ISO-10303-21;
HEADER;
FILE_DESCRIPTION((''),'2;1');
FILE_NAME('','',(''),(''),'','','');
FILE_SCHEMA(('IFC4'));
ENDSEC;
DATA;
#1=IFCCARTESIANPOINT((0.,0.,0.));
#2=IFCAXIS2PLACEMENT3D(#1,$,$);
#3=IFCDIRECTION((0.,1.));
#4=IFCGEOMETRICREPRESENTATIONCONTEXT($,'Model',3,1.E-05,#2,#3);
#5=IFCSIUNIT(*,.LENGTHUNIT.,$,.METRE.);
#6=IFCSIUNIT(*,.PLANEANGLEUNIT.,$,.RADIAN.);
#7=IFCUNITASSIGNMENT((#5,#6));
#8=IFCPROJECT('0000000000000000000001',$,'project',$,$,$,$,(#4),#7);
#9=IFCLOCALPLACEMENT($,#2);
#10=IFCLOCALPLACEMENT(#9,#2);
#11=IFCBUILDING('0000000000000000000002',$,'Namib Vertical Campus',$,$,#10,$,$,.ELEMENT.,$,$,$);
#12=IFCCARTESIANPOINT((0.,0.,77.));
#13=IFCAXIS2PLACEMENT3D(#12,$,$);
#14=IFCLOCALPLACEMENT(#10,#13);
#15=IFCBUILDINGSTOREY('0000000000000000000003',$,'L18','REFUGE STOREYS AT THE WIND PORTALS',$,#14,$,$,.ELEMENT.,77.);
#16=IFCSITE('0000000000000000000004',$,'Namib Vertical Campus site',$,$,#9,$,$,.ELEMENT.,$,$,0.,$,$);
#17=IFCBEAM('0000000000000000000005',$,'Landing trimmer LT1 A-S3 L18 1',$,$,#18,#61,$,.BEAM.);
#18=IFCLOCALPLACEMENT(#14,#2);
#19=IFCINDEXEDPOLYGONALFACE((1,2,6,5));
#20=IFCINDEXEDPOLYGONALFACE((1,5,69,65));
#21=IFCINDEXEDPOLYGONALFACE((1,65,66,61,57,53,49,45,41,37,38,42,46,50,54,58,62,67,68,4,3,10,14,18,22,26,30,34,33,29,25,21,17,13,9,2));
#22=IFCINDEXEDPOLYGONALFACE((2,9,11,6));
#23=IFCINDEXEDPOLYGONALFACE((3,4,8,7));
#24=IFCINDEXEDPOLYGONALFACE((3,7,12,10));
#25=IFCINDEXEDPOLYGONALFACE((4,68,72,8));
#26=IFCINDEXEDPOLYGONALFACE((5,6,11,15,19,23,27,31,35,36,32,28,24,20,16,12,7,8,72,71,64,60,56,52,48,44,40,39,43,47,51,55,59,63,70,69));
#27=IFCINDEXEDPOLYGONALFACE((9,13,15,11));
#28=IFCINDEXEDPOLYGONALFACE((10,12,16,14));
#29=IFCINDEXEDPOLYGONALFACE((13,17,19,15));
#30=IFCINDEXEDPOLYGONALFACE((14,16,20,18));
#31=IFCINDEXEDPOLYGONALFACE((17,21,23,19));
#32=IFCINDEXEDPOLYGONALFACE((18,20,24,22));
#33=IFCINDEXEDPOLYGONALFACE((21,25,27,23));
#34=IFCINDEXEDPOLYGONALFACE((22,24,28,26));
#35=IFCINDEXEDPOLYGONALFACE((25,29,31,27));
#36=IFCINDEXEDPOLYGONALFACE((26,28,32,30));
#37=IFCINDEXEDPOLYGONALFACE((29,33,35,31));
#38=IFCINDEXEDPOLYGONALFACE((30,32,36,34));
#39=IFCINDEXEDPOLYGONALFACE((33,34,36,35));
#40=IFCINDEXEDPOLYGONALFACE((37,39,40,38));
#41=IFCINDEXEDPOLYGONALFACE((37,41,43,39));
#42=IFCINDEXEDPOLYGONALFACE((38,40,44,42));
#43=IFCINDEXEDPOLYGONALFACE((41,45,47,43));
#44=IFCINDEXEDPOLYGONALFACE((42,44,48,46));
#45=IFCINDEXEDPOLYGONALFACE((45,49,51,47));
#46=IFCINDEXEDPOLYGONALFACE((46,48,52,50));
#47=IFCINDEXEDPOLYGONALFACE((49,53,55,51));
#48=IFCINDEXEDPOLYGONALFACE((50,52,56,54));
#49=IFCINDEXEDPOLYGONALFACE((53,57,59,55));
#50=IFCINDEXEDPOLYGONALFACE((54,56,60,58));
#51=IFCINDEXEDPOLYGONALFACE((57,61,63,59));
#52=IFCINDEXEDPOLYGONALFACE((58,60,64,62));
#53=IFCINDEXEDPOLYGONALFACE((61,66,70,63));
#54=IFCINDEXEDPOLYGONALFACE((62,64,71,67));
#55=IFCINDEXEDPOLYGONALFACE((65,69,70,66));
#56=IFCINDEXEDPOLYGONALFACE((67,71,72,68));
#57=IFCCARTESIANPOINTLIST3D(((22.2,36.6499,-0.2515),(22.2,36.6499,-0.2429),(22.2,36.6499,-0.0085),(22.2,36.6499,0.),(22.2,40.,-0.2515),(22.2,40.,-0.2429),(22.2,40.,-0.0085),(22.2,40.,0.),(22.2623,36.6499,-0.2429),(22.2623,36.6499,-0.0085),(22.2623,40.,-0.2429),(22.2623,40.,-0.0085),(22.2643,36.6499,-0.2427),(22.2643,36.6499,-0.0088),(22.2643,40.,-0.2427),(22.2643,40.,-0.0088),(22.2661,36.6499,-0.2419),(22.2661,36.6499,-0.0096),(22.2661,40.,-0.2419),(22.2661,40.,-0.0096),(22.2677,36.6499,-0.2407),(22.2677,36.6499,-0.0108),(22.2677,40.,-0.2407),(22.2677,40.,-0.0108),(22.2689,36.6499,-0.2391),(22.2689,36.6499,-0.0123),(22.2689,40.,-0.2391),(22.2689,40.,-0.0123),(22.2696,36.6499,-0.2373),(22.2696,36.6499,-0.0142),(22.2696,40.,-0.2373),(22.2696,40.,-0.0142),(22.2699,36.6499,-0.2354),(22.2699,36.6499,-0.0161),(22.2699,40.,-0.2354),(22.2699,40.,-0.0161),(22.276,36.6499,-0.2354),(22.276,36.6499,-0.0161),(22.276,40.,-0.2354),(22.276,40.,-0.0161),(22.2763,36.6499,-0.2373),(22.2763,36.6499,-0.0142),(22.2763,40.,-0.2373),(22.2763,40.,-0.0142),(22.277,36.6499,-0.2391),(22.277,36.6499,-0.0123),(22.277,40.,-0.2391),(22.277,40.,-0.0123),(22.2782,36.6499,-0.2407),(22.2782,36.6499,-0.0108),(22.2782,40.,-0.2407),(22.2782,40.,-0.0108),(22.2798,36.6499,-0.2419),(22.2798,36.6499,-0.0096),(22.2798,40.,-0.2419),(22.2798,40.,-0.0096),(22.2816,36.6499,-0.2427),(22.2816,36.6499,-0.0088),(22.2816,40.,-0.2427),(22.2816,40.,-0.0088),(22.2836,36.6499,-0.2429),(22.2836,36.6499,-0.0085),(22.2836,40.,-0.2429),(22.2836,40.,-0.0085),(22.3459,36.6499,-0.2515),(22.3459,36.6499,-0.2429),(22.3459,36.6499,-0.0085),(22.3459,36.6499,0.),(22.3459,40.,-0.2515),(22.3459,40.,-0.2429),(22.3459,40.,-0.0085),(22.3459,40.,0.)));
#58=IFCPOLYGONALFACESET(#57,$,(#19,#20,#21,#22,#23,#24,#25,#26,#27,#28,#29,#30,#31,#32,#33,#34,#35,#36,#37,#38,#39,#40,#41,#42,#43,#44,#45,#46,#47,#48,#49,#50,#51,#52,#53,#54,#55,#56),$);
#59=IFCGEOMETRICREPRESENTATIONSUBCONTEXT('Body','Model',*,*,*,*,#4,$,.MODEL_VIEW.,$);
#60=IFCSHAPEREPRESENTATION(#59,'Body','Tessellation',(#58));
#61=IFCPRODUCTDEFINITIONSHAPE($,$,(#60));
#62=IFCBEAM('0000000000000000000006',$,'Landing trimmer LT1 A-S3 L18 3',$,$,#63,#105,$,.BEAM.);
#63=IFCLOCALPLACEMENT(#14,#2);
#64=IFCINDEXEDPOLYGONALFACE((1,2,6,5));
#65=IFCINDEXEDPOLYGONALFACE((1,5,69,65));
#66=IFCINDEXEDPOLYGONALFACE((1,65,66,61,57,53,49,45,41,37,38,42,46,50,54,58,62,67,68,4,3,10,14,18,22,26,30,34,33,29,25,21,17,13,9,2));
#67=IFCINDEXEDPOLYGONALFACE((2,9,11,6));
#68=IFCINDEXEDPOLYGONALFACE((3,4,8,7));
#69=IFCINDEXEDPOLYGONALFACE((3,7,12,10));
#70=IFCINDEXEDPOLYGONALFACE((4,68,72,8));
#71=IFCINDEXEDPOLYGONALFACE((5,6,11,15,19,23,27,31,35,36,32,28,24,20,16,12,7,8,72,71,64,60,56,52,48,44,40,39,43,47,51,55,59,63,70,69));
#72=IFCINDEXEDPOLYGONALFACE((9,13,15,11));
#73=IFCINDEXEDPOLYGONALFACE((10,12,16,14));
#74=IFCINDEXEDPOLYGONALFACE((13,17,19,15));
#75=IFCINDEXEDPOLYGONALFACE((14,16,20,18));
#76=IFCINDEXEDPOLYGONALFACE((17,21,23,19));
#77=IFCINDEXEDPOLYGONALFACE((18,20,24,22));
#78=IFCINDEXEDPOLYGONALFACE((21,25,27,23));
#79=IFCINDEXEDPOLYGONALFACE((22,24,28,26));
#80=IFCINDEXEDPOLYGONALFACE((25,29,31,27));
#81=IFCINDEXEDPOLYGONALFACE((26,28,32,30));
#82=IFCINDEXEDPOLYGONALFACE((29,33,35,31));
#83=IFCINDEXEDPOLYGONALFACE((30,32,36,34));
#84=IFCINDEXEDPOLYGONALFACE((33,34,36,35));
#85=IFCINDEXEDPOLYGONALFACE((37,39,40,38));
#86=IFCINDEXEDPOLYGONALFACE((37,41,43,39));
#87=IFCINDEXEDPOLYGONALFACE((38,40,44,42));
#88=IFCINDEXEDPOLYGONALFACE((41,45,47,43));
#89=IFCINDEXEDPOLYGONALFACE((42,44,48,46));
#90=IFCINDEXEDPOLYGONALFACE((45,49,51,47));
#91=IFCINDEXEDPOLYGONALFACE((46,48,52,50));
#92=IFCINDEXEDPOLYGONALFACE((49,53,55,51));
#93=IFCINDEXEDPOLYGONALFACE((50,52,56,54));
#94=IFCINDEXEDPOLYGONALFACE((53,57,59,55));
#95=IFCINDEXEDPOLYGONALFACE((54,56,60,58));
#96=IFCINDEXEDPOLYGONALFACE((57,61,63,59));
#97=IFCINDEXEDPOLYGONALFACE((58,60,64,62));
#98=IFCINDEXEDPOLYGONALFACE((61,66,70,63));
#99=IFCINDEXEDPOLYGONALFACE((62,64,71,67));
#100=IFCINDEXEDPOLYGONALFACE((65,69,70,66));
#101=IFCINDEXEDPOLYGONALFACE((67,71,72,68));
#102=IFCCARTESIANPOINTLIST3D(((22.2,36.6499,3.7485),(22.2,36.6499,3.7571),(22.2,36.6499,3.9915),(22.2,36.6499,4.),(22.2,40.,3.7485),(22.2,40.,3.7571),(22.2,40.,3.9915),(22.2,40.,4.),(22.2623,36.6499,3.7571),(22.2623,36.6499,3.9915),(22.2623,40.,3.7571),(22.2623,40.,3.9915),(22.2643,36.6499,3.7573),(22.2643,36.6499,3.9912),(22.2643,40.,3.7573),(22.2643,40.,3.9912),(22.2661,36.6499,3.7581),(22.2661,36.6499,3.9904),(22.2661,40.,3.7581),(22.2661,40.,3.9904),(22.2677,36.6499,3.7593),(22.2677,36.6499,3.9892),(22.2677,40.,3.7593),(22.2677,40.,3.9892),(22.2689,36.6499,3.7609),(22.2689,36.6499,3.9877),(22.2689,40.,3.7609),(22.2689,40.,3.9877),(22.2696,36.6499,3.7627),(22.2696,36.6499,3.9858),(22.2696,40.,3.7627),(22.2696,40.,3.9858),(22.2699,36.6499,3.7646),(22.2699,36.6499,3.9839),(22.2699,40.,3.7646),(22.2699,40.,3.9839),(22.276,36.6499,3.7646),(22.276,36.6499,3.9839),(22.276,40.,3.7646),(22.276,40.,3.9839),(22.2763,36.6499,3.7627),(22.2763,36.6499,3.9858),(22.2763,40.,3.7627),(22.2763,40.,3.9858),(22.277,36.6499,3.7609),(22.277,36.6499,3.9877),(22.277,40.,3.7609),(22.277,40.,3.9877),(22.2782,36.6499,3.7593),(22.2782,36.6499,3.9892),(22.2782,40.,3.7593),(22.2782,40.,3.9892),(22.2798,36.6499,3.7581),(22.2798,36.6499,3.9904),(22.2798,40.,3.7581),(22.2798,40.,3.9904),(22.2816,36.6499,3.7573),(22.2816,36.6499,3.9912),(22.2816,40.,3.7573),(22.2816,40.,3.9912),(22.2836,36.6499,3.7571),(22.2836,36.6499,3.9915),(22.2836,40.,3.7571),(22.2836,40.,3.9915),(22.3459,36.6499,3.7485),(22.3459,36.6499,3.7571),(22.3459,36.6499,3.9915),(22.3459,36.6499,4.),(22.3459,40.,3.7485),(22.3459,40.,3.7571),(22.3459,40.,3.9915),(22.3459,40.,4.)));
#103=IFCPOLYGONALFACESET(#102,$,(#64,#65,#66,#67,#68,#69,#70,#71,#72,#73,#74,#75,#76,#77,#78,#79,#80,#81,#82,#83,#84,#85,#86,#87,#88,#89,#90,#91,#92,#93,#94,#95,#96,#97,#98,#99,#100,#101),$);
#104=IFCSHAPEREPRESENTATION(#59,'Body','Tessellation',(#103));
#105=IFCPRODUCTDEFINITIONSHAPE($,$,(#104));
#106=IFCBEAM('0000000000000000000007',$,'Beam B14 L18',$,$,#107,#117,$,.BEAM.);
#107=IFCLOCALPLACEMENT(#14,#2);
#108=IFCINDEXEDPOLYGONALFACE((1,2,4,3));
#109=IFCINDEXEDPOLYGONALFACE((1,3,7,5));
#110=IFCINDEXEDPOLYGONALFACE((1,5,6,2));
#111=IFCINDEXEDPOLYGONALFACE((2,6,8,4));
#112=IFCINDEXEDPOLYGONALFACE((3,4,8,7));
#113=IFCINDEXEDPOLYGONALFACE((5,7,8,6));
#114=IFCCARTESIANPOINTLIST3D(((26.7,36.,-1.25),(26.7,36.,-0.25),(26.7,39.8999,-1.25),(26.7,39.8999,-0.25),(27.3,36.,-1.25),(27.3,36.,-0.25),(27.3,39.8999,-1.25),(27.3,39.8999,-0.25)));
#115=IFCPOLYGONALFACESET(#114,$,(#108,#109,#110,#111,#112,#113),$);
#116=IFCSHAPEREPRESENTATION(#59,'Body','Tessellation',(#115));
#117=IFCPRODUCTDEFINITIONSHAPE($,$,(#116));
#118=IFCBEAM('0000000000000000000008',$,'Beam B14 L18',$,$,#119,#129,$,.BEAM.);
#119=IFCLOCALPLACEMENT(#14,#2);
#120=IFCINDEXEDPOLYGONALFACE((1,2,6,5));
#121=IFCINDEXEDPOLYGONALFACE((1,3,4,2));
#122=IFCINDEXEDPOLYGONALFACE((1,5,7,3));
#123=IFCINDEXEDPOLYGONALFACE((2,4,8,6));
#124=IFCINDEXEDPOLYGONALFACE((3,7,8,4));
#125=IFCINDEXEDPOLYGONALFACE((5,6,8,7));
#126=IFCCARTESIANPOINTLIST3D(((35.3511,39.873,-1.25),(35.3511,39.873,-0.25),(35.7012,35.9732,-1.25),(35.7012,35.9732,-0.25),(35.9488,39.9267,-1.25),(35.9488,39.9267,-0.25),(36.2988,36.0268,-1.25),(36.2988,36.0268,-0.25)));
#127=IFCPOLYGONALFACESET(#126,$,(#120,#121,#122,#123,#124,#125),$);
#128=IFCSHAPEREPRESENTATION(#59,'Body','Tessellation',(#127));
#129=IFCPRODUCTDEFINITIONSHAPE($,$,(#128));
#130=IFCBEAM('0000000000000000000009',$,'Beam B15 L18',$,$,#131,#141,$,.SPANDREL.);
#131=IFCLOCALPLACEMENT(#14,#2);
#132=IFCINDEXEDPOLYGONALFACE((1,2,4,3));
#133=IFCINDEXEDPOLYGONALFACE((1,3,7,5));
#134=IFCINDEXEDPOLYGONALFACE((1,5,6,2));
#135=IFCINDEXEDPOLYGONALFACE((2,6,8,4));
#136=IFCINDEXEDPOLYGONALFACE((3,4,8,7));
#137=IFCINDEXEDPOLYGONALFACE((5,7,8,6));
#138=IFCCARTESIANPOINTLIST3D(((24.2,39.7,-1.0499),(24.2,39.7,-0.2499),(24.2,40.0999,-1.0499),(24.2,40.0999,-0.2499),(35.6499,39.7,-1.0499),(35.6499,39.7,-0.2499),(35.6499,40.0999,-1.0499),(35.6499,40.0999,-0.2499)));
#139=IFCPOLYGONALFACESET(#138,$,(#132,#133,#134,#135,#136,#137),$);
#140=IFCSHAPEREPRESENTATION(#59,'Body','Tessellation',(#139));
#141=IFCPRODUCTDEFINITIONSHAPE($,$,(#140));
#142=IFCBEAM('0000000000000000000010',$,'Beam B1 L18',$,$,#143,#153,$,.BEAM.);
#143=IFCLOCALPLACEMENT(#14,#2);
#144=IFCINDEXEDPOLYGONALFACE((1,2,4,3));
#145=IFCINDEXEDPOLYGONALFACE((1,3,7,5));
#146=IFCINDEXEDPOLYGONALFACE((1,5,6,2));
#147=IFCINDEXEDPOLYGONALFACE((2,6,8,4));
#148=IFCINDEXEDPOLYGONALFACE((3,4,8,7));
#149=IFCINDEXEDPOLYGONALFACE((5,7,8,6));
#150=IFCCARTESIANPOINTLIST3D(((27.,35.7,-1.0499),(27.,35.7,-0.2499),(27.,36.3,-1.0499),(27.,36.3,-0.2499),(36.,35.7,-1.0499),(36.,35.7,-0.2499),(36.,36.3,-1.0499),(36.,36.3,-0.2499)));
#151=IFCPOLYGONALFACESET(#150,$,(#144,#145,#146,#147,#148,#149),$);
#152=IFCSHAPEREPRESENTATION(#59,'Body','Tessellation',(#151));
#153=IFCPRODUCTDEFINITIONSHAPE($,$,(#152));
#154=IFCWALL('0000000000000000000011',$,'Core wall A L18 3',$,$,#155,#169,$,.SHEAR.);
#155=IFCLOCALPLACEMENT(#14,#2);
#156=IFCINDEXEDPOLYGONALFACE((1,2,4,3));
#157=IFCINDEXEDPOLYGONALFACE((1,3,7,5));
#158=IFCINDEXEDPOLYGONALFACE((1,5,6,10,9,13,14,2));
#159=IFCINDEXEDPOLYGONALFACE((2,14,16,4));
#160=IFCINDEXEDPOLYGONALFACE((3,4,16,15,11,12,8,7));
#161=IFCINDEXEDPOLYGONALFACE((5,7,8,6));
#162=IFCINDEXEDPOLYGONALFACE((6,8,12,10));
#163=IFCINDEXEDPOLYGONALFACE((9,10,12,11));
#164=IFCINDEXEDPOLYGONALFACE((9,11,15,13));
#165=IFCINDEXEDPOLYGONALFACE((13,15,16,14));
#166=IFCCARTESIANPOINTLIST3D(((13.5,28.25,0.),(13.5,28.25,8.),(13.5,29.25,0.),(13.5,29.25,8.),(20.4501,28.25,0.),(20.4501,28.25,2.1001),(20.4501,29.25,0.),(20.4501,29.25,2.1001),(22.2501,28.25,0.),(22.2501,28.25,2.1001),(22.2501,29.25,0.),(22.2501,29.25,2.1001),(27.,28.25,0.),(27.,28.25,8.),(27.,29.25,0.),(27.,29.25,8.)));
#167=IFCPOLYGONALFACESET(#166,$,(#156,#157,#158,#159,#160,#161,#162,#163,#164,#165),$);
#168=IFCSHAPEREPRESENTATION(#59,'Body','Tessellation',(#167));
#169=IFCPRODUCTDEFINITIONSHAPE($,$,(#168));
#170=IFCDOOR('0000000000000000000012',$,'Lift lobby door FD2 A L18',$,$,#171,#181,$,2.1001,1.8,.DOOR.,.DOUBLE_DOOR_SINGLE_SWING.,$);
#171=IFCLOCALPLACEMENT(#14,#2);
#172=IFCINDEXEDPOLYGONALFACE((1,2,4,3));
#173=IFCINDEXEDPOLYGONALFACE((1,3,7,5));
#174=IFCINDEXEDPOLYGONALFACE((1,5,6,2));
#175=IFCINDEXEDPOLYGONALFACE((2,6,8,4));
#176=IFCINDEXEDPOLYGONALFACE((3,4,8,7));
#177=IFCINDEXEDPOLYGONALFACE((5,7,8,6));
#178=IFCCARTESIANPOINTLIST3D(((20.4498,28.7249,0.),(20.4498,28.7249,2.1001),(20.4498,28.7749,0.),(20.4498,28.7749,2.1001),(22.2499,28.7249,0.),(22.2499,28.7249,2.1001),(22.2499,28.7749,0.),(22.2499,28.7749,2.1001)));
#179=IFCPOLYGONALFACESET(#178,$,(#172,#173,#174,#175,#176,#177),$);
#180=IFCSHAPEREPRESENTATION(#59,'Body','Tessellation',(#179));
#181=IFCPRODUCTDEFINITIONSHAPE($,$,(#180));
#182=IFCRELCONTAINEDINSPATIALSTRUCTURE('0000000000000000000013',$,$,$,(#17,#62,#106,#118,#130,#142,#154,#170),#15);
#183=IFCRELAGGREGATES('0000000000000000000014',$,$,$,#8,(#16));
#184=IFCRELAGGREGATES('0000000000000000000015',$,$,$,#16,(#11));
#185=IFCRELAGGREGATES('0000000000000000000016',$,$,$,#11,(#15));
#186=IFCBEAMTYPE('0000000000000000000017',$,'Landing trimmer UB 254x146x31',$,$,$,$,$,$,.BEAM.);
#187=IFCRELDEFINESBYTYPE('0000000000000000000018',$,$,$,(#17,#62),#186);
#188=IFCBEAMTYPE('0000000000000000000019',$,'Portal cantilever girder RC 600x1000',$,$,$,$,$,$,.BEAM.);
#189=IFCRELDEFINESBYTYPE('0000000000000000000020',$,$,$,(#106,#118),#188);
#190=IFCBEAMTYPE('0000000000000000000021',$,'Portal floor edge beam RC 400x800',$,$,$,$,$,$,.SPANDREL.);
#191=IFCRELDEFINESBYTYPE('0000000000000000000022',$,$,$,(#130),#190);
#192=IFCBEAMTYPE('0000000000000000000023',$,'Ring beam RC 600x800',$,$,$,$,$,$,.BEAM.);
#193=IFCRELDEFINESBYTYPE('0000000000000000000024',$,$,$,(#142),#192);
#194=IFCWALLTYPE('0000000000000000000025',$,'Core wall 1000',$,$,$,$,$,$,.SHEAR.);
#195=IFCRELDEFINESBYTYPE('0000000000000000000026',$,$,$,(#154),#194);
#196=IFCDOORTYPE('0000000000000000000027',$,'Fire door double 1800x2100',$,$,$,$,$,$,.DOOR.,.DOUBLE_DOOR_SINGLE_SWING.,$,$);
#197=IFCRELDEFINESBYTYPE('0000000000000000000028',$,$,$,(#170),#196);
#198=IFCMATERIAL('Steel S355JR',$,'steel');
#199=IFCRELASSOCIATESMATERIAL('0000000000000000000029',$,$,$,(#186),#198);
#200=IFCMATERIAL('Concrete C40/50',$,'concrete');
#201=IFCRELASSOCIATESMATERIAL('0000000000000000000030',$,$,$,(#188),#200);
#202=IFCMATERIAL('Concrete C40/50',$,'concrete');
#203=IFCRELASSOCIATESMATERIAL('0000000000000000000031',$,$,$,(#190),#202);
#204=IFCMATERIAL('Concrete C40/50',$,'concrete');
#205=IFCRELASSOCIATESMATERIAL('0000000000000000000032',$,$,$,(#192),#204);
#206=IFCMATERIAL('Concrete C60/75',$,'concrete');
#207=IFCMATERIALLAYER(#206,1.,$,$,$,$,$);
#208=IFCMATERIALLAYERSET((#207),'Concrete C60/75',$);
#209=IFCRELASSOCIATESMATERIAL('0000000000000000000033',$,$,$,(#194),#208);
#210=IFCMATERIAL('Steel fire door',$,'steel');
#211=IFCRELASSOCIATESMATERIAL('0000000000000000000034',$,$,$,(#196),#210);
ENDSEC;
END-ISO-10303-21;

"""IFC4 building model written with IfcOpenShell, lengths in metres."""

from ifc_helpers import new_model, si_unit, direction, frame, frame_2d, origin, origin_2d, place, context, subcontext, project, spatial, rectangle, i_section, extrude, material, layer, layer_set, material_profile, profile_set, type_object, element, fill, save


model = new_model("IFC4")

# Units and contexts
model_context = context("Model", 3, precision=1e-05, world=origin(), true_north=direction((0.0, 1.0)))
body_context = subcontext(model_context, "Body", "Model", "MODEL_VIEW")
ifc_project = project(units=[si_unit("LENGTHUNIT", "METRE"), si_unit("PLANEANGLEUNIT", "RADIAN")], contexts=[model_context])

# Site, building, storey
site_placement = place(None, origin())
site = spatial("IfcSite", under=ifc_project, at=site_placement, Name="Namib Vertical Campus site", CompositionType="ELEMENT", RefElevation=0.0)
building_placement = place(site_placement, origin())
building = spatial("IfcBuilding", under=site, at=building_placement, Name="Namib Vertical Campus", CompositionType="ELEMENT")
storey_placement = place(building_placement, frame((0.0, 0.0, 77.0)))
storey = spatial("IfcBuildingStorey", under=building, at=storey_placement, Name="L18", Description="REFUGE STOREYS AT THE WIND PORTALS", CompositionType="ELEMENT", Elevation=77.0)

# Beams
ifc_material_1 = material(Name="Steel S355JR", Category="steel")
ifc_material_profile_1 = material_profile(ifc_material_1, i_section(OverallWidth=0.146, OverallDepth=0.2515, WebThickness=0.0061, FlangeThickness=0.0085, FilletRadius=0.0076, at=origin_2d()))
ifc_profile_set_1 = profile_set([ifc_material_profile_1], Name="Steel S355JR")
beam_type_1 = type_object("IfcBeamType", Name="Landing trimmer UB 254x146x31", PredefinedType="BEAM", material=ifc_profile_set_1)
for number, where, z_axis, x_axis, name in (
    (1, (22.2729, 36.6499, -0.1257), (0.0, 1.0, 0.0), (-1.0, 0.0, 0.0), "Landing trimmer LT1 A-S3 L18 1"),
    (2, (22.2729, 36.6499, 3.8743), (0.0, 1.0, 0.0), (-1.0, 0.0, 0.0), "Landing trimmer LT1 A-S3 L18 3"),
):
    element("IfcBeam", number, at=place(storey_placement, frame(where, z_axis=z_axis, x_axis=x_axis)), inside=storey, type_object=beam_type_1, Name=name, PredefinedType="BEAM", context=body_context, shape_type="SweptSolid", body=[
        extrude(i_section(OverallWidth=0.146, OverallDepth=0.2515, WebThickness=0.0061, FlangeThickness=0.0085, FilletRadius=0.0076, at=origin_2d()), origin(), (0.0, 0.0, 1.0), 3.3501),
    ])
ifc_material_2 = material(Name="Concrete C40/50", Category="concrete")
ifc_material_profile_2 = material_profile(ifc_material_2, rectangle(XDim=0.6001, YDim=1.0, at=origin_2d()))
ifc_profile_set_2 = profile_set([ifc_material_profile_2], Name="Concrete C40/50")
beam_type_2 = type_object("IfcBeamType", Name="Portal cantilever girder RC 600x1000", PredefinedType="BEAM", material=ifc_profile_set_2)
beam_1_placement = place(storey_placement, frame((27.0, 36.0, -0.75), z_axis=(0.0, 1.0, 0.0), x_axis=(-1.0, 0.0, 0.0)))
element("IfcBeam", 3, at=beam_1_placement, inside=storey, type_object=beam_type_2, Name="Beam B14 L18", PredefinedType="BEAM", context=body_context, shape_type="SweptSolid", body=[
    extrude(rectangle(XDim=0.6001, YDim=1.0, at=origin_2d()), origin(), (0.0, 0.0, 1.0), 3.8999),
])
beam_2_placement = place(storey_placement, frame((36.0, 36.0, -0.75), z_axis=(-0.089411, 0.995995, 0.0), x_axis=(-0.995995, -0.089411, 0.0)))
element("IfcBeam", 4, at=beam_2_placement, inside=storey, type_object=beam_type_2, Name="Beam B14 L18", PredefinedType="BEAM", context=body_context, shape_type="SweptSolid", body=[
    extrude(rectangle(XDim=0.6001, YDim=1.0, at=origin_2d()), origin(), (0.0, 0.0, 1.0), 3.9155),
])
ifc_material_3 = material(Name="Concrete C40/50", Category="concrete")
ifc_material_profile_3 = material_profile(ifc_material_3, rectangle(XDim=0.3999, YDim=0.8, at=origin_2d()))
ifc_profile_set_3 = profile_set([ifc_material_profile_3], Name="Concrete C40/50")
beam_type_3 = type_object("IfcBeamType", Name="Portal floor edge beam RC 400x800", PredefinedType="SPANDREL", material=ifc_profile_set_3)
beam_3_placement = place(storey_placement, frame((24.2, 39.8999, -0.6499), z_axis=(1.0, 0.0, 0.0), x_axis=(0.0, 1.0, 0.0)))
element("IfcBeam", 5, at=beam_3_placement, inside=storey, type_object=beam_type_3, Name="Beam B15 L18", PredefinedType="SPANDREL", context=body_context, shape_type="SweptSolid", body=[
    extrude(rectangle(XDim=0.3999, YDim=0.8, at=origin_2d()), origin(), (0.0, 0.0, 1.0), 11.45),
])
ifc_material_4 = material(Name="Concrete C40/50", Category="concrete")
ifc_material_profile_4 = material_profile(ifc_material_4, rectangle(XDim=0.6001, YDim=0.8, at=origin_2d()))
ifc_profile_set_4 = profile_set([ifc_material_profile_4], Name="Concrete C40/50")
beam_type_4 = type_object("IfcBeamType", Name="Ring beam RC 600x800", PredefinedType="BEAM", material=ifc_profile_set_4)
beam_4_placement = place(storey_placement, frame((27.0, 36.0, -0.6499), z_axis=(1.0, 0.0, 0.0), x_axis=(0.0, 1.0, 0.0)))
element("IfcBeam", 6, at=beam_4_placement, inside=storey, type_object=beam_type_4, Name="Beam B1 L18", PredefinedType="BEAM", context=body_context, shape_type="SweptSolid", body=[
    extrude(rectangle(XDim=0.6001, YDim=0.8, at=origin_2d()), origin(), (0.0, 0.0, 1.0), 9.0),
])

# Wall, opening, door
ifc_material_5 = material(Name="Concrete C60/75", Category="concrete")
ifc_layer_1 = layer(ifc_material_5, 1.0)
ifc_layer_set_1 = layer_set([ifc_layer_1], Name="Concrete C60/75")
wall_type_1 = type_object("IfcWallType", Name="Core wall 1000", PredefinedType="SHEAR", material=ifc_layer_set_1)
wall_1_placement = place(storey_placement, frame((27.0, 28.75, 0.0), z_axis=(0.0, 0.0, 1.0), x_axis=(-1.0, 0.0, 0.0)))
wall_1 = element("IfcWall", 7, at=wall_1_placement, inside=storey, type_object=wall_type_1, Name="Core wall A L18 3", PredefinedType="SHEAR", context=body_context, shape_type="SweptSolid", body=[
    extrude(rectangle(XDim=13.5, YDim=1.0, at=frame_2d((6.75, 0.0))), origin(), (0.0, 0.0, 1.0), 8.0),
])
opening_1_placement = place(wall_1_placement, frame((4.75, 0.0, 0.0)))
opening_1 = element("IfcOpeningElement", 8, at=opening_1_placement, cuts=wall_1, PredefinedType="OPENING", context=body_context, shape_type="SweptSolid", body=[
    extrude(rectangle(XDim=1.8, YDim=2.1001, at=frame_2d((0.8999, 1.05))), frame((0.0, 0.51, 0.0), z_axis=(0.0, -1.0, 0.0), x_axis=(1.0, 0.0, 0.0)), (0.0, 0.0, 1.0), 1.02),
])
ifc_material_6 = material(Name="Steel fire door", Category="steel")
door_type_1 = type_object("IfcDoorType", Name="Fire door double 1800x2100", OperationType="DOUBLE_DOOR_SINGLE_SWING", PredefinedType="DOOR", material=ifc_material_6)
door_1_placement = place(opening_1_placement, frame((1.8, 0.0, 0.0), z_axis=(0.0, 0.0, 1.0), x_axis=(-1.0, 0.0, 0.0)))
door_1 = element("IfcDoor", 9, at=door_1_placement, inside=storey, type_object=door_type_1, Name="Lift lobby door FD2 A L18", OperationType="DOUBLE_DOOR_SINGLE_SWING", OverallHeight=2.1001, OverallWidth=1.8, PredefinedType="DOOR", context=body_context, shape_type="SweptSolid", body=[
    extrude(rectangle(XDim=1.8, YDim=2.1001, at=frame_2d((0.8999, 1.05))), frame((0.0, 0.0249, 0.0), z_axis=(0.0, -1.0, 0.0), x_axis=(1.0, 0.0, 0.0)), (0.0, 0.0, 1.0), 0.05),
])
fill(opening_1, door_1)

save(model, "model.ifc")
